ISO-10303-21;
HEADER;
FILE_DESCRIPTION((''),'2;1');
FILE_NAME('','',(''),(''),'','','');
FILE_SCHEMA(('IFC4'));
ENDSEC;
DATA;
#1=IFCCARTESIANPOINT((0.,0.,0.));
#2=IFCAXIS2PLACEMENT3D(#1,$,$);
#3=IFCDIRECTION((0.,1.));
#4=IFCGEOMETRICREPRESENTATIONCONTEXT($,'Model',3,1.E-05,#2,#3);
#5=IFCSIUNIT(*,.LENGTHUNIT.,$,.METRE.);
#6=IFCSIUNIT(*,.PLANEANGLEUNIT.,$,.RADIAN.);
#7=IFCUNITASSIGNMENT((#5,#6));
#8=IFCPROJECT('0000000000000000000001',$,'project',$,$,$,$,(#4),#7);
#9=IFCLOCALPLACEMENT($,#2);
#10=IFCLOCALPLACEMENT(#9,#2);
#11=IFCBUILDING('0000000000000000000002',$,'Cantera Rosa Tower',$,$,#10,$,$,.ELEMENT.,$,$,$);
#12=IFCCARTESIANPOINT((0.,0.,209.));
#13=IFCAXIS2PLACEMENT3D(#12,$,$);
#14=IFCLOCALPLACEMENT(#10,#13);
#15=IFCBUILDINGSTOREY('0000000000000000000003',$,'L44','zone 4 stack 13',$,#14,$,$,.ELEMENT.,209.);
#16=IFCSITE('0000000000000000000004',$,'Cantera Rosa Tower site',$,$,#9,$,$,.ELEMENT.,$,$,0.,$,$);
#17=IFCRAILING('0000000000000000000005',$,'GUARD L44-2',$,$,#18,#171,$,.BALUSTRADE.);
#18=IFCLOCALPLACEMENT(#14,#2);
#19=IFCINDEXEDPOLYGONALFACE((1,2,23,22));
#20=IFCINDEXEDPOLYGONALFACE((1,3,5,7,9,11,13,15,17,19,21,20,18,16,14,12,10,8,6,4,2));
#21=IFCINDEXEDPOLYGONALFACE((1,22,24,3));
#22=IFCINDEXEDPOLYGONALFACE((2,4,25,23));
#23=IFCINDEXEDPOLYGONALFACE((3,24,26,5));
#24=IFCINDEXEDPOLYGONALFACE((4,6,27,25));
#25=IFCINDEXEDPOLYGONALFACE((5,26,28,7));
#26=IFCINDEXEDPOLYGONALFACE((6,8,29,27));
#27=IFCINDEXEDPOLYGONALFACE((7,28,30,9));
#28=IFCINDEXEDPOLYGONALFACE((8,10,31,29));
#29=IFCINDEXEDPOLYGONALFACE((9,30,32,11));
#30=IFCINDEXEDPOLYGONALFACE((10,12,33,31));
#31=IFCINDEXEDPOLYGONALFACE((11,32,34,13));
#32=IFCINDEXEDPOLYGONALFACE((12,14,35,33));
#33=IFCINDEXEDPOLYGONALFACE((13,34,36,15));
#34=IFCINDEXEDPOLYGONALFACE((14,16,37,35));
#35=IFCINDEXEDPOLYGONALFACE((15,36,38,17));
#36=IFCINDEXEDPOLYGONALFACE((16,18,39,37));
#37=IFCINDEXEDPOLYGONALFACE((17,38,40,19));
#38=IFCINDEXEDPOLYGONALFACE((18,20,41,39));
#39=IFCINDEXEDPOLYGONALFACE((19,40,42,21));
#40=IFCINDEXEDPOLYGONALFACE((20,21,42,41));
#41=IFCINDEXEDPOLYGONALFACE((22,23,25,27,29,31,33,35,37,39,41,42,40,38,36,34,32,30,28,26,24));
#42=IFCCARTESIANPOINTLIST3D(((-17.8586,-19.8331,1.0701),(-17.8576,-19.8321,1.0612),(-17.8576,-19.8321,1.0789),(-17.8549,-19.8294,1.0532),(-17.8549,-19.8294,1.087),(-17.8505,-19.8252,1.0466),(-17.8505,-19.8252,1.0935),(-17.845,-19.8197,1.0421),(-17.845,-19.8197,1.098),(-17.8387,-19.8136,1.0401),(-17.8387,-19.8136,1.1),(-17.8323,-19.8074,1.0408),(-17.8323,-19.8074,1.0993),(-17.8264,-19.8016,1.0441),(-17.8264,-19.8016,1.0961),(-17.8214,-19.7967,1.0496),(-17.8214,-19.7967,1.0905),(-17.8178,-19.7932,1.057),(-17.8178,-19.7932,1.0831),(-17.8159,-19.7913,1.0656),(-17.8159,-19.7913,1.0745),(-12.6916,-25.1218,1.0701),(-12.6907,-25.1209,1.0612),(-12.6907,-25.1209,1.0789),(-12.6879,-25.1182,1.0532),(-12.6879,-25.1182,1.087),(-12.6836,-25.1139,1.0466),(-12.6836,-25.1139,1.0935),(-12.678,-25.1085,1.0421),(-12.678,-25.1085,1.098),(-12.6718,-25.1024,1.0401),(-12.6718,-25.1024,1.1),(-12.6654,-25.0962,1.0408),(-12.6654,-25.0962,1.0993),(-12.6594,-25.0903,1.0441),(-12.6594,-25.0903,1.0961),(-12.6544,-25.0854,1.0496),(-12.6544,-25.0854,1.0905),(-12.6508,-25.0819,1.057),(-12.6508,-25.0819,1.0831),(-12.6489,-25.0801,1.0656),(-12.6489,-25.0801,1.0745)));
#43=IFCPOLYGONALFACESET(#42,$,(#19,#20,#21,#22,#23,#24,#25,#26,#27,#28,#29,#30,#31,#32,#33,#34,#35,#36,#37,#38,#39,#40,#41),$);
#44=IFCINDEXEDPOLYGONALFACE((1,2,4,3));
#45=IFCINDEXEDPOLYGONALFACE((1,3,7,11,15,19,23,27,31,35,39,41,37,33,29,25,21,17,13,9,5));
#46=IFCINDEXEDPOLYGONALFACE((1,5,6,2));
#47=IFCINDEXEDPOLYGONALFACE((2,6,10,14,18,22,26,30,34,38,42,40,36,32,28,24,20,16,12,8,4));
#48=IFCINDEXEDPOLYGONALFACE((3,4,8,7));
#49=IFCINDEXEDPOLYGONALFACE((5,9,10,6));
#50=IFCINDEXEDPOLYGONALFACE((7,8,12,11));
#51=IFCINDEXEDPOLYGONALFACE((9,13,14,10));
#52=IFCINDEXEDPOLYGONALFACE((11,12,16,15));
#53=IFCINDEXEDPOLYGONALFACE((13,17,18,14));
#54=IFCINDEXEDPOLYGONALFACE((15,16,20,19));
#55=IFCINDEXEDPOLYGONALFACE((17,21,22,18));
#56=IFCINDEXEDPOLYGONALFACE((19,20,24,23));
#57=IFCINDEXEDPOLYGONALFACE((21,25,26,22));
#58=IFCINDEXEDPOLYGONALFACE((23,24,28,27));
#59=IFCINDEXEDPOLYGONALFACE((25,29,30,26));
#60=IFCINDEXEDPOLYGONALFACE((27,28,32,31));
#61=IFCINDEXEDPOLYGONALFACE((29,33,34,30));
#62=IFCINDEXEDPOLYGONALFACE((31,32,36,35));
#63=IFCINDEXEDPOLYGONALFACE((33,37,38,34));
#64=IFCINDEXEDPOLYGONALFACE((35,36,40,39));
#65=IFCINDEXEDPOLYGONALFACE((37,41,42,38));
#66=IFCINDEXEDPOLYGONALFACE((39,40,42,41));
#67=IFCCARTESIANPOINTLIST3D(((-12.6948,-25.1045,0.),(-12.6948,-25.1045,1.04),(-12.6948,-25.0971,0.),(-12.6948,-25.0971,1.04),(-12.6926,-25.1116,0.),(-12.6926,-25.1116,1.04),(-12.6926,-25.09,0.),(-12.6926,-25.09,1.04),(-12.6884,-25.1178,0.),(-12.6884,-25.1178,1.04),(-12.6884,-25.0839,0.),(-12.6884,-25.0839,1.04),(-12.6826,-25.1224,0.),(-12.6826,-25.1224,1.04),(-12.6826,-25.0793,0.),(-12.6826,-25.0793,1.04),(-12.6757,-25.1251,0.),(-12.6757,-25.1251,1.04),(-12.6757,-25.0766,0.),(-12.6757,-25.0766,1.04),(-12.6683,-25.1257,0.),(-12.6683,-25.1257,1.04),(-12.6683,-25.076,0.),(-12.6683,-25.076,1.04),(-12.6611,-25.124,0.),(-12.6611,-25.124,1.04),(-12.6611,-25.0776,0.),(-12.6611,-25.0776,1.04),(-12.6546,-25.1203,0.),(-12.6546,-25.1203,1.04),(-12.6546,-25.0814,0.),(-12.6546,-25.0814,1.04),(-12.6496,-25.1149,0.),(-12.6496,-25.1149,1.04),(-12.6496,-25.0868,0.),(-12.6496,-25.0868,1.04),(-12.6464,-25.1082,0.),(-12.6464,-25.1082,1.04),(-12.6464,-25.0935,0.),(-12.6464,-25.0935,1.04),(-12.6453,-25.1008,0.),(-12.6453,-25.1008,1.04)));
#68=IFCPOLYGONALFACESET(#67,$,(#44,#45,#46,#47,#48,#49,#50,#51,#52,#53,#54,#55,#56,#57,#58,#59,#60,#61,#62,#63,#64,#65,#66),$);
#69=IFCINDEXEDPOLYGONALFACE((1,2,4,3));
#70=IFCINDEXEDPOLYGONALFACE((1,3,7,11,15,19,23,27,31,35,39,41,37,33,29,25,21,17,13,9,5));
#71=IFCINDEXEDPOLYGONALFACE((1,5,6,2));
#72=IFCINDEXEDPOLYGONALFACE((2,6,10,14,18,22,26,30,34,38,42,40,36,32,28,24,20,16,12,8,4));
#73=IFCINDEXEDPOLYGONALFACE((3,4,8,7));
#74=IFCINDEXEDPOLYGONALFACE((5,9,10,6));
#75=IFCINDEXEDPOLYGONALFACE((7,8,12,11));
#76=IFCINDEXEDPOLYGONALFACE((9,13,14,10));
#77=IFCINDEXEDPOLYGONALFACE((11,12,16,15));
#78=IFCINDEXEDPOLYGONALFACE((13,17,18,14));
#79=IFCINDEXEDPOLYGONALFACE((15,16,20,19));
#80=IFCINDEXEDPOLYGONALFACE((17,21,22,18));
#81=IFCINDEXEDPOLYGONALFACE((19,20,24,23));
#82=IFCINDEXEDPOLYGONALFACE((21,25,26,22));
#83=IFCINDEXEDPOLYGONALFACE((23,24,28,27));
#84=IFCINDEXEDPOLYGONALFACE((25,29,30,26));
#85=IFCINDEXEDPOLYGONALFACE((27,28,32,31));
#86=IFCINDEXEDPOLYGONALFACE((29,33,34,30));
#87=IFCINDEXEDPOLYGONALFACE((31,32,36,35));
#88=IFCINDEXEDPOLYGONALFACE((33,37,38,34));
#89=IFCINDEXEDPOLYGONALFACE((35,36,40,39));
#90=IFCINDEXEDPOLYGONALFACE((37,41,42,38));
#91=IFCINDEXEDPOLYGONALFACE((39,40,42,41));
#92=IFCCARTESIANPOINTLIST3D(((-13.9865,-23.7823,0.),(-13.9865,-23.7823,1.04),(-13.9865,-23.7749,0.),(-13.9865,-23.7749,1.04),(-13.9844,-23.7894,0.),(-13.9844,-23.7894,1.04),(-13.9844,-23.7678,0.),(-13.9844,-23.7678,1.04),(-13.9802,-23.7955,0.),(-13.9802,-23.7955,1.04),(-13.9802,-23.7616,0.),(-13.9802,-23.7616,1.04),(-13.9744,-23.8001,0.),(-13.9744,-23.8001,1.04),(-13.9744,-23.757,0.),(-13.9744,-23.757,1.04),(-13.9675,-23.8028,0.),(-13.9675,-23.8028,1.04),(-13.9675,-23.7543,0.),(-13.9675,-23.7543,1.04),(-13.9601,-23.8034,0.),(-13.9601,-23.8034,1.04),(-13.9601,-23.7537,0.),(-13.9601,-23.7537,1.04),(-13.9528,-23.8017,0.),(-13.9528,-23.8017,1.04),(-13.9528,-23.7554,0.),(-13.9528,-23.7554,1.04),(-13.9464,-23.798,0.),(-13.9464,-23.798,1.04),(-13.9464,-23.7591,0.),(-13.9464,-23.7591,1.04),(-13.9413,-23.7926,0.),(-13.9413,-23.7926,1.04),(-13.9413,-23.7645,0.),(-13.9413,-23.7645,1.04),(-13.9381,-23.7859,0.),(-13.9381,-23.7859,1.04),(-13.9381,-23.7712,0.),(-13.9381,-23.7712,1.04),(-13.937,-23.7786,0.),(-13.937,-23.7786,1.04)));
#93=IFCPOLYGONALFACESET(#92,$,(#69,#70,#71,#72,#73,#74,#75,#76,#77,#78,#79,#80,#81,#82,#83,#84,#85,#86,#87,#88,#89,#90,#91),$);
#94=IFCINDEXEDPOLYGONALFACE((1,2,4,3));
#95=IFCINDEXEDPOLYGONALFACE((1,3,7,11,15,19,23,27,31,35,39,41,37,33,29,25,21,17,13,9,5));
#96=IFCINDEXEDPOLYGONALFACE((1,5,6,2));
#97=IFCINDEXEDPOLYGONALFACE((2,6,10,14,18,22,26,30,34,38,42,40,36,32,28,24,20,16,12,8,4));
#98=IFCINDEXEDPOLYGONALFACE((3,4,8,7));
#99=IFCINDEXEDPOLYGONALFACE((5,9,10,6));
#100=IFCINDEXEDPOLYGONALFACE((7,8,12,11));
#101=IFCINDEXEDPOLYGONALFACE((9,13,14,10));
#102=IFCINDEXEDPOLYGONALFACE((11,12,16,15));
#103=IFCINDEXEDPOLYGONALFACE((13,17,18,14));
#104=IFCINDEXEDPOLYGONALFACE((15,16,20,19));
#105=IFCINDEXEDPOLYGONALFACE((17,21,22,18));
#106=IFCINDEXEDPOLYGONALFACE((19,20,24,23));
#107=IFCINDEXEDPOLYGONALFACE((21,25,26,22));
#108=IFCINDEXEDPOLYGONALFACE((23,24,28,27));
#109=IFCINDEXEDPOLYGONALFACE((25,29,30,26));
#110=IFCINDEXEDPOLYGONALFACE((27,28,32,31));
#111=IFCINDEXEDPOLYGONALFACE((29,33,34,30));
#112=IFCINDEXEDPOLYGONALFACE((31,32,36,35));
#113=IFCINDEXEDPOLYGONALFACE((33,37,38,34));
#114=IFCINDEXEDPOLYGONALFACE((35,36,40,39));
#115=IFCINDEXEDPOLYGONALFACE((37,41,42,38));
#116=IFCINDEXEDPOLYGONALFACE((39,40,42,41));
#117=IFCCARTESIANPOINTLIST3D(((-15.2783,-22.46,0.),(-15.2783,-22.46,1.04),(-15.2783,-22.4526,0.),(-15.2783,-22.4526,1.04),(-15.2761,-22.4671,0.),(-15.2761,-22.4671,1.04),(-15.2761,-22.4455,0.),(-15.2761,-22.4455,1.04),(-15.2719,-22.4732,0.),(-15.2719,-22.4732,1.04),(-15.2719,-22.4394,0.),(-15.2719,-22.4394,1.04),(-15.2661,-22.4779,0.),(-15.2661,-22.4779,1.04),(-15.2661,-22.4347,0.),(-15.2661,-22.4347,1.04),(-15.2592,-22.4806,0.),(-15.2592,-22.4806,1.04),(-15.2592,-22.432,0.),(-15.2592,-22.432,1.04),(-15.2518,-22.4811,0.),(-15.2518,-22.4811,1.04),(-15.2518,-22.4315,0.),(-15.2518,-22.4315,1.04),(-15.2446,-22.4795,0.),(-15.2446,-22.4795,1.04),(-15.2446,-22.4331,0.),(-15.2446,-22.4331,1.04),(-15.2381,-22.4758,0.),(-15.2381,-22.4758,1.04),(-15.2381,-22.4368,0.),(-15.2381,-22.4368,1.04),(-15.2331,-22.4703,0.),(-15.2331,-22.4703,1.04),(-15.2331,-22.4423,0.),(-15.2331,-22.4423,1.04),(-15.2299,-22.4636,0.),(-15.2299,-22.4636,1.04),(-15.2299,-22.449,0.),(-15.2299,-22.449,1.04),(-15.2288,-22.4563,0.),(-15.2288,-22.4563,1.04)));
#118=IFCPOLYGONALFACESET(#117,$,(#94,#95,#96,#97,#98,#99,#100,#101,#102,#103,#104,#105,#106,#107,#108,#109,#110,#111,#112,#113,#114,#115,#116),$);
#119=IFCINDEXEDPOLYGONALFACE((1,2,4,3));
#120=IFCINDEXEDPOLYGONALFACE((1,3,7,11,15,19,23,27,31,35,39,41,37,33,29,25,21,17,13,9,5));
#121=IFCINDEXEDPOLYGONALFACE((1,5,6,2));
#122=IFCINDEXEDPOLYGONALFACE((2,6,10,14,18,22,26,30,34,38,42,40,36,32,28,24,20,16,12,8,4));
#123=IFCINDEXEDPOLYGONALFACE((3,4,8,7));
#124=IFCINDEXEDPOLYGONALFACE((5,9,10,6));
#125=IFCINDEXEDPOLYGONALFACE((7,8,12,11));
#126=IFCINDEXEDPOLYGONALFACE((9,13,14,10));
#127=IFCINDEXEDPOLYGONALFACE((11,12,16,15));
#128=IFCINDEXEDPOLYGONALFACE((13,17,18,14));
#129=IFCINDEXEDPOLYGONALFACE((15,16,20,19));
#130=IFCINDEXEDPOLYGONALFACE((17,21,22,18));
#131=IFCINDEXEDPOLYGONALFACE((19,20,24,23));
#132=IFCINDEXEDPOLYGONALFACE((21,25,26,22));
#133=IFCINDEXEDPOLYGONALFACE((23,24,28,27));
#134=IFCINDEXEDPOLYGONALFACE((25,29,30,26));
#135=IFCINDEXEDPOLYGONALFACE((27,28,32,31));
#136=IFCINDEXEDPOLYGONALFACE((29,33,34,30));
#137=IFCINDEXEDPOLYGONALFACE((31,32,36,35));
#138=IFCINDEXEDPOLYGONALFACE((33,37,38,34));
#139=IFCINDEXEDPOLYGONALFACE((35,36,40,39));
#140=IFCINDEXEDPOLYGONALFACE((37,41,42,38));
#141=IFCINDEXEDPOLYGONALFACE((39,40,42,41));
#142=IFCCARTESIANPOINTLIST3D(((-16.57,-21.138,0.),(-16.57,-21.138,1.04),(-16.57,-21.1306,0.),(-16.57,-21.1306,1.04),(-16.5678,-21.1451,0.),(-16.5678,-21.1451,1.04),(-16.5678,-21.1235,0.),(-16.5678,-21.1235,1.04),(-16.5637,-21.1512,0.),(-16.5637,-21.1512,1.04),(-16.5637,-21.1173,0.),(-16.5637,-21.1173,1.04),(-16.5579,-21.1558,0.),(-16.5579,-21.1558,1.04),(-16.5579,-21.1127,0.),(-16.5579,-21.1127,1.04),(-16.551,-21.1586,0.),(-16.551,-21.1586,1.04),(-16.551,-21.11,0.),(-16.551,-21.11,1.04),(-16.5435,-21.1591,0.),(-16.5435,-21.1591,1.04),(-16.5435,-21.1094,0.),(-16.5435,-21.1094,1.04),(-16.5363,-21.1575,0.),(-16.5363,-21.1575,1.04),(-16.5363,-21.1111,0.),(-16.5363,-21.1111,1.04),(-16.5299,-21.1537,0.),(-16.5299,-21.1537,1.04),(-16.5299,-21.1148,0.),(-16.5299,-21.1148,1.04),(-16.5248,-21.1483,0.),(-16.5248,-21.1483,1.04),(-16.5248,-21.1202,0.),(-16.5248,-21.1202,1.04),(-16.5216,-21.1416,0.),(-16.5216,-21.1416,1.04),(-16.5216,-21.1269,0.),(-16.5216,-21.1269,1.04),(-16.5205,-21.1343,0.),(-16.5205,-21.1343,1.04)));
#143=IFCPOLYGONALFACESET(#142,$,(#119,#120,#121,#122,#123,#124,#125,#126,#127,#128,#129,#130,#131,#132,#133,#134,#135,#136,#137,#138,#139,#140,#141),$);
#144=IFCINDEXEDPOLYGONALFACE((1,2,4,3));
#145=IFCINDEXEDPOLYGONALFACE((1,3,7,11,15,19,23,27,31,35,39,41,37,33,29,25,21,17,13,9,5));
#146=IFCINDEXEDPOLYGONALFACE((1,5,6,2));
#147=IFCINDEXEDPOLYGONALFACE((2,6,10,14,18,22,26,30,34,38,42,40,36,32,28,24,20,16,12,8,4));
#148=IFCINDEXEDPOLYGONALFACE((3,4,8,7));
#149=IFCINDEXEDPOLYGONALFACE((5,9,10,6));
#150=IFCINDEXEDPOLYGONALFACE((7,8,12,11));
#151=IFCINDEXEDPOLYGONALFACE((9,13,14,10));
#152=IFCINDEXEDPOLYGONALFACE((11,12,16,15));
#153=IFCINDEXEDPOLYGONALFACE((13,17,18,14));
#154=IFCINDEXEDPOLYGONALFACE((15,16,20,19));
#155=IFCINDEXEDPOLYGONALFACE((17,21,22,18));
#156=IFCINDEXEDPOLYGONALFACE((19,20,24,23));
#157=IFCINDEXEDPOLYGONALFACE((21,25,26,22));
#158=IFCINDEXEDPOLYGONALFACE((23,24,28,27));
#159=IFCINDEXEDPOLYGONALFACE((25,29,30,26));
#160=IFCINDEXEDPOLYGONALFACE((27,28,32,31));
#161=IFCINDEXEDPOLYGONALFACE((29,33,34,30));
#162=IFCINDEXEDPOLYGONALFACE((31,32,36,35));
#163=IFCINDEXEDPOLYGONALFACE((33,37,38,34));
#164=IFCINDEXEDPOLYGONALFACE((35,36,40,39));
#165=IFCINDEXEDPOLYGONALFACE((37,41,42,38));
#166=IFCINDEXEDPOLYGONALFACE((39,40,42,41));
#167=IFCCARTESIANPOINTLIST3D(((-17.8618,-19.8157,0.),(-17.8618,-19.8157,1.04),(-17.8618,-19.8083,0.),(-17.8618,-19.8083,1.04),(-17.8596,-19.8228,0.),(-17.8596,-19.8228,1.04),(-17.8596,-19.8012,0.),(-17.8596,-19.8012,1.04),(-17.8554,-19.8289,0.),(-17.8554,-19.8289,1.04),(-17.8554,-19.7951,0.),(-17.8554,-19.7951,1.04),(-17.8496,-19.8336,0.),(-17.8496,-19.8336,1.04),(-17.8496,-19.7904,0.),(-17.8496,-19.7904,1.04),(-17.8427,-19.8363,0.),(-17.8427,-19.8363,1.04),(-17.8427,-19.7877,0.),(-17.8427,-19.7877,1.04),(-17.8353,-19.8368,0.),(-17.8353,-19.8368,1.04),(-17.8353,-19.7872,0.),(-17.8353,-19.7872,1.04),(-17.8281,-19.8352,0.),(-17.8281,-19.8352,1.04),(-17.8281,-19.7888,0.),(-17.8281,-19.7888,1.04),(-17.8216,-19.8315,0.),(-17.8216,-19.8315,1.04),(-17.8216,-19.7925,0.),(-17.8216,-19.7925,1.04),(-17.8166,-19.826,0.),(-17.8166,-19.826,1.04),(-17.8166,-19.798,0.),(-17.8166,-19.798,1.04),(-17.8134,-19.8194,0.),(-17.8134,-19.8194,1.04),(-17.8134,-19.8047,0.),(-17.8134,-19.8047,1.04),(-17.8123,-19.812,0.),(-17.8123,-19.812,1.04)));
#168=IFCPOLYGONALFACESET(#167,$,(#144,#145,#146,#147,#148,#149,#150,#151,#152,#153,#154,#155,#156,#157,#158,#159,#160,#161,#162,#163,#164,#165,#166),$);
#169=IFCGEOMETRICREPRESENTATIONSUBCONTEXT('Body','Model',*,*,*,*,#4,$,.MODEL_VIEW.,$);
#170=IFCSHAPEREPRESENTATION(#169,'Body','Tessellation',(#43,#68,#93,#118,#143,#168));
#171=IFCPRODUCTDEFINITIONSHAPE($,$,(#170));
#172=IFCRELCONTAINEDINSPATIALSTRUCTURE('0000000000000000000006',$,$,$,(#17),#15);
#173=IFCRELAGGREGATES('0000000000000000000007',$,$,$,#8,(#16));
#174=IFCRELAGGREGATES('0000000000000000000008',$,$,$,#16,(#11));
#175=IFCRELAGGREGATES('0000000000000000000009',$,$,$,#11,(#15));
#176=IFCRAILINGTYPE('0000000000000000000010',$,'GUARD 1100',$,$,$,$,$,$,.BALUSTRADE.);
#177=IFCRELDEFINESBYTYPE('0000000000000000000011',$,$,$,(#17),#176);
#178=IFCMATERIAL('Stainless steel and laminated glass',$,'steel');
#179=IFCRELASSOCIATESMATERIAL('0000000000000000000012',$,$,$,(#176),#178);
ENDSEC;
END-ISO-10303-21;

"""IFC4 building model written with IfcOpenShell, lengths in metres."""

from ifc_helpers import new_model, si_unit, direction, frame, origin, origin_2d, place, context, subcontext, project, spatial, circle, extrude, material, type_object, element, save


model = new_model("IFC4")

# Units and contexts
model_context = context("Model", 3, precision=1e-05, world=origin(), true_north=direction((0.0, 1.0)))
body_context = subcontext(model_context, "Body", "Model", "MODEL_VIEW")
ifc_project = project(units=[si_unit("LENGTHUNIT", "METRE"), si_unit("PLANEANGLEUNIT", "RADIAN")], contexts=[model_context])

# Site, building, storey
site_placement = place(None, origin())
site = spatial("IfcSite", under=ifc_project, at=site_placement, Name="Cantera Rosa Tower site", CompositionType="ELEMENT", RefElevation=0.0)
building_placement = place(site_placement, origin())
building = spatial("IfcBuilding", under=site, at=building_placement, Name="Cantera Rosa Tower", CompositionType="ELEMENT")
storey_placement = place(building_placement, frame((0.0, 0.0, 209.0)))
storey = spatial("IfcBuildingStorey", under=building, at=storey_placement, Name="L44", Description="zone 4 stack 13", CompositionType="ELEMENT", Elevation=209.0)

# Railing
ifc_material_1 = material(Name="Stainless steel and laminated glass", Category="steel")
railing_type = type_object("IfcRailingType", Name="GUARD 1100", PredefinedType="BALUSTRADE", material=ifc_material_1)
railing_1_placement = place(storey_placement, frame((-12.6702, -25.1008, 0.0)))
element("IfcRailing", 1, at=railing_1_placement, inside=storey, type_object=railing_type, Name="GUARD L44-2", PredefinedType="BALUSTRADE", context=body_context, shape_type="SweptSolid", body=[
    extrude(circle(Radius=0.03, at=origin_2d()), frame((0.0, 0.0, 1.0701), z_axis=(-0.69882, 0.715297, 0.0), x_axis=(-0.715297, -0.69882, 0.0)), (0.0, 0.0, 1.0), 7.3938),
    extrude(circle(Radius=0.0249, at=origin_2d()), origin(), (0.0, 0.0, 1.0), 1.04),
    extrude(circle(Radius=0.0249, at=origin_2d()), frame((-1.2917, 1.3223, 0.0)), (0.0, 0.0, 1.0), 1.04),
    extrude(circle(Radius=0.0249, at=origin_2d()), frame((-2.5835, 2.6445, 0.0)), (0.0, 0.0, 1.0), 1.04),
    extrude(circle(Radius=0.0249, at=origin_2d()), frame((-3.8752, 3.9666, 0.0)), (0.0, 0.0, 1.0), 1.04),
    extrude(circle(Radius=0.0249, at=origin_2d()), frame((-5.167, 5.2888, 0.0)), (0.0, 0.0, 1.0), 1.04),
])

save(model, "model.ifc")
